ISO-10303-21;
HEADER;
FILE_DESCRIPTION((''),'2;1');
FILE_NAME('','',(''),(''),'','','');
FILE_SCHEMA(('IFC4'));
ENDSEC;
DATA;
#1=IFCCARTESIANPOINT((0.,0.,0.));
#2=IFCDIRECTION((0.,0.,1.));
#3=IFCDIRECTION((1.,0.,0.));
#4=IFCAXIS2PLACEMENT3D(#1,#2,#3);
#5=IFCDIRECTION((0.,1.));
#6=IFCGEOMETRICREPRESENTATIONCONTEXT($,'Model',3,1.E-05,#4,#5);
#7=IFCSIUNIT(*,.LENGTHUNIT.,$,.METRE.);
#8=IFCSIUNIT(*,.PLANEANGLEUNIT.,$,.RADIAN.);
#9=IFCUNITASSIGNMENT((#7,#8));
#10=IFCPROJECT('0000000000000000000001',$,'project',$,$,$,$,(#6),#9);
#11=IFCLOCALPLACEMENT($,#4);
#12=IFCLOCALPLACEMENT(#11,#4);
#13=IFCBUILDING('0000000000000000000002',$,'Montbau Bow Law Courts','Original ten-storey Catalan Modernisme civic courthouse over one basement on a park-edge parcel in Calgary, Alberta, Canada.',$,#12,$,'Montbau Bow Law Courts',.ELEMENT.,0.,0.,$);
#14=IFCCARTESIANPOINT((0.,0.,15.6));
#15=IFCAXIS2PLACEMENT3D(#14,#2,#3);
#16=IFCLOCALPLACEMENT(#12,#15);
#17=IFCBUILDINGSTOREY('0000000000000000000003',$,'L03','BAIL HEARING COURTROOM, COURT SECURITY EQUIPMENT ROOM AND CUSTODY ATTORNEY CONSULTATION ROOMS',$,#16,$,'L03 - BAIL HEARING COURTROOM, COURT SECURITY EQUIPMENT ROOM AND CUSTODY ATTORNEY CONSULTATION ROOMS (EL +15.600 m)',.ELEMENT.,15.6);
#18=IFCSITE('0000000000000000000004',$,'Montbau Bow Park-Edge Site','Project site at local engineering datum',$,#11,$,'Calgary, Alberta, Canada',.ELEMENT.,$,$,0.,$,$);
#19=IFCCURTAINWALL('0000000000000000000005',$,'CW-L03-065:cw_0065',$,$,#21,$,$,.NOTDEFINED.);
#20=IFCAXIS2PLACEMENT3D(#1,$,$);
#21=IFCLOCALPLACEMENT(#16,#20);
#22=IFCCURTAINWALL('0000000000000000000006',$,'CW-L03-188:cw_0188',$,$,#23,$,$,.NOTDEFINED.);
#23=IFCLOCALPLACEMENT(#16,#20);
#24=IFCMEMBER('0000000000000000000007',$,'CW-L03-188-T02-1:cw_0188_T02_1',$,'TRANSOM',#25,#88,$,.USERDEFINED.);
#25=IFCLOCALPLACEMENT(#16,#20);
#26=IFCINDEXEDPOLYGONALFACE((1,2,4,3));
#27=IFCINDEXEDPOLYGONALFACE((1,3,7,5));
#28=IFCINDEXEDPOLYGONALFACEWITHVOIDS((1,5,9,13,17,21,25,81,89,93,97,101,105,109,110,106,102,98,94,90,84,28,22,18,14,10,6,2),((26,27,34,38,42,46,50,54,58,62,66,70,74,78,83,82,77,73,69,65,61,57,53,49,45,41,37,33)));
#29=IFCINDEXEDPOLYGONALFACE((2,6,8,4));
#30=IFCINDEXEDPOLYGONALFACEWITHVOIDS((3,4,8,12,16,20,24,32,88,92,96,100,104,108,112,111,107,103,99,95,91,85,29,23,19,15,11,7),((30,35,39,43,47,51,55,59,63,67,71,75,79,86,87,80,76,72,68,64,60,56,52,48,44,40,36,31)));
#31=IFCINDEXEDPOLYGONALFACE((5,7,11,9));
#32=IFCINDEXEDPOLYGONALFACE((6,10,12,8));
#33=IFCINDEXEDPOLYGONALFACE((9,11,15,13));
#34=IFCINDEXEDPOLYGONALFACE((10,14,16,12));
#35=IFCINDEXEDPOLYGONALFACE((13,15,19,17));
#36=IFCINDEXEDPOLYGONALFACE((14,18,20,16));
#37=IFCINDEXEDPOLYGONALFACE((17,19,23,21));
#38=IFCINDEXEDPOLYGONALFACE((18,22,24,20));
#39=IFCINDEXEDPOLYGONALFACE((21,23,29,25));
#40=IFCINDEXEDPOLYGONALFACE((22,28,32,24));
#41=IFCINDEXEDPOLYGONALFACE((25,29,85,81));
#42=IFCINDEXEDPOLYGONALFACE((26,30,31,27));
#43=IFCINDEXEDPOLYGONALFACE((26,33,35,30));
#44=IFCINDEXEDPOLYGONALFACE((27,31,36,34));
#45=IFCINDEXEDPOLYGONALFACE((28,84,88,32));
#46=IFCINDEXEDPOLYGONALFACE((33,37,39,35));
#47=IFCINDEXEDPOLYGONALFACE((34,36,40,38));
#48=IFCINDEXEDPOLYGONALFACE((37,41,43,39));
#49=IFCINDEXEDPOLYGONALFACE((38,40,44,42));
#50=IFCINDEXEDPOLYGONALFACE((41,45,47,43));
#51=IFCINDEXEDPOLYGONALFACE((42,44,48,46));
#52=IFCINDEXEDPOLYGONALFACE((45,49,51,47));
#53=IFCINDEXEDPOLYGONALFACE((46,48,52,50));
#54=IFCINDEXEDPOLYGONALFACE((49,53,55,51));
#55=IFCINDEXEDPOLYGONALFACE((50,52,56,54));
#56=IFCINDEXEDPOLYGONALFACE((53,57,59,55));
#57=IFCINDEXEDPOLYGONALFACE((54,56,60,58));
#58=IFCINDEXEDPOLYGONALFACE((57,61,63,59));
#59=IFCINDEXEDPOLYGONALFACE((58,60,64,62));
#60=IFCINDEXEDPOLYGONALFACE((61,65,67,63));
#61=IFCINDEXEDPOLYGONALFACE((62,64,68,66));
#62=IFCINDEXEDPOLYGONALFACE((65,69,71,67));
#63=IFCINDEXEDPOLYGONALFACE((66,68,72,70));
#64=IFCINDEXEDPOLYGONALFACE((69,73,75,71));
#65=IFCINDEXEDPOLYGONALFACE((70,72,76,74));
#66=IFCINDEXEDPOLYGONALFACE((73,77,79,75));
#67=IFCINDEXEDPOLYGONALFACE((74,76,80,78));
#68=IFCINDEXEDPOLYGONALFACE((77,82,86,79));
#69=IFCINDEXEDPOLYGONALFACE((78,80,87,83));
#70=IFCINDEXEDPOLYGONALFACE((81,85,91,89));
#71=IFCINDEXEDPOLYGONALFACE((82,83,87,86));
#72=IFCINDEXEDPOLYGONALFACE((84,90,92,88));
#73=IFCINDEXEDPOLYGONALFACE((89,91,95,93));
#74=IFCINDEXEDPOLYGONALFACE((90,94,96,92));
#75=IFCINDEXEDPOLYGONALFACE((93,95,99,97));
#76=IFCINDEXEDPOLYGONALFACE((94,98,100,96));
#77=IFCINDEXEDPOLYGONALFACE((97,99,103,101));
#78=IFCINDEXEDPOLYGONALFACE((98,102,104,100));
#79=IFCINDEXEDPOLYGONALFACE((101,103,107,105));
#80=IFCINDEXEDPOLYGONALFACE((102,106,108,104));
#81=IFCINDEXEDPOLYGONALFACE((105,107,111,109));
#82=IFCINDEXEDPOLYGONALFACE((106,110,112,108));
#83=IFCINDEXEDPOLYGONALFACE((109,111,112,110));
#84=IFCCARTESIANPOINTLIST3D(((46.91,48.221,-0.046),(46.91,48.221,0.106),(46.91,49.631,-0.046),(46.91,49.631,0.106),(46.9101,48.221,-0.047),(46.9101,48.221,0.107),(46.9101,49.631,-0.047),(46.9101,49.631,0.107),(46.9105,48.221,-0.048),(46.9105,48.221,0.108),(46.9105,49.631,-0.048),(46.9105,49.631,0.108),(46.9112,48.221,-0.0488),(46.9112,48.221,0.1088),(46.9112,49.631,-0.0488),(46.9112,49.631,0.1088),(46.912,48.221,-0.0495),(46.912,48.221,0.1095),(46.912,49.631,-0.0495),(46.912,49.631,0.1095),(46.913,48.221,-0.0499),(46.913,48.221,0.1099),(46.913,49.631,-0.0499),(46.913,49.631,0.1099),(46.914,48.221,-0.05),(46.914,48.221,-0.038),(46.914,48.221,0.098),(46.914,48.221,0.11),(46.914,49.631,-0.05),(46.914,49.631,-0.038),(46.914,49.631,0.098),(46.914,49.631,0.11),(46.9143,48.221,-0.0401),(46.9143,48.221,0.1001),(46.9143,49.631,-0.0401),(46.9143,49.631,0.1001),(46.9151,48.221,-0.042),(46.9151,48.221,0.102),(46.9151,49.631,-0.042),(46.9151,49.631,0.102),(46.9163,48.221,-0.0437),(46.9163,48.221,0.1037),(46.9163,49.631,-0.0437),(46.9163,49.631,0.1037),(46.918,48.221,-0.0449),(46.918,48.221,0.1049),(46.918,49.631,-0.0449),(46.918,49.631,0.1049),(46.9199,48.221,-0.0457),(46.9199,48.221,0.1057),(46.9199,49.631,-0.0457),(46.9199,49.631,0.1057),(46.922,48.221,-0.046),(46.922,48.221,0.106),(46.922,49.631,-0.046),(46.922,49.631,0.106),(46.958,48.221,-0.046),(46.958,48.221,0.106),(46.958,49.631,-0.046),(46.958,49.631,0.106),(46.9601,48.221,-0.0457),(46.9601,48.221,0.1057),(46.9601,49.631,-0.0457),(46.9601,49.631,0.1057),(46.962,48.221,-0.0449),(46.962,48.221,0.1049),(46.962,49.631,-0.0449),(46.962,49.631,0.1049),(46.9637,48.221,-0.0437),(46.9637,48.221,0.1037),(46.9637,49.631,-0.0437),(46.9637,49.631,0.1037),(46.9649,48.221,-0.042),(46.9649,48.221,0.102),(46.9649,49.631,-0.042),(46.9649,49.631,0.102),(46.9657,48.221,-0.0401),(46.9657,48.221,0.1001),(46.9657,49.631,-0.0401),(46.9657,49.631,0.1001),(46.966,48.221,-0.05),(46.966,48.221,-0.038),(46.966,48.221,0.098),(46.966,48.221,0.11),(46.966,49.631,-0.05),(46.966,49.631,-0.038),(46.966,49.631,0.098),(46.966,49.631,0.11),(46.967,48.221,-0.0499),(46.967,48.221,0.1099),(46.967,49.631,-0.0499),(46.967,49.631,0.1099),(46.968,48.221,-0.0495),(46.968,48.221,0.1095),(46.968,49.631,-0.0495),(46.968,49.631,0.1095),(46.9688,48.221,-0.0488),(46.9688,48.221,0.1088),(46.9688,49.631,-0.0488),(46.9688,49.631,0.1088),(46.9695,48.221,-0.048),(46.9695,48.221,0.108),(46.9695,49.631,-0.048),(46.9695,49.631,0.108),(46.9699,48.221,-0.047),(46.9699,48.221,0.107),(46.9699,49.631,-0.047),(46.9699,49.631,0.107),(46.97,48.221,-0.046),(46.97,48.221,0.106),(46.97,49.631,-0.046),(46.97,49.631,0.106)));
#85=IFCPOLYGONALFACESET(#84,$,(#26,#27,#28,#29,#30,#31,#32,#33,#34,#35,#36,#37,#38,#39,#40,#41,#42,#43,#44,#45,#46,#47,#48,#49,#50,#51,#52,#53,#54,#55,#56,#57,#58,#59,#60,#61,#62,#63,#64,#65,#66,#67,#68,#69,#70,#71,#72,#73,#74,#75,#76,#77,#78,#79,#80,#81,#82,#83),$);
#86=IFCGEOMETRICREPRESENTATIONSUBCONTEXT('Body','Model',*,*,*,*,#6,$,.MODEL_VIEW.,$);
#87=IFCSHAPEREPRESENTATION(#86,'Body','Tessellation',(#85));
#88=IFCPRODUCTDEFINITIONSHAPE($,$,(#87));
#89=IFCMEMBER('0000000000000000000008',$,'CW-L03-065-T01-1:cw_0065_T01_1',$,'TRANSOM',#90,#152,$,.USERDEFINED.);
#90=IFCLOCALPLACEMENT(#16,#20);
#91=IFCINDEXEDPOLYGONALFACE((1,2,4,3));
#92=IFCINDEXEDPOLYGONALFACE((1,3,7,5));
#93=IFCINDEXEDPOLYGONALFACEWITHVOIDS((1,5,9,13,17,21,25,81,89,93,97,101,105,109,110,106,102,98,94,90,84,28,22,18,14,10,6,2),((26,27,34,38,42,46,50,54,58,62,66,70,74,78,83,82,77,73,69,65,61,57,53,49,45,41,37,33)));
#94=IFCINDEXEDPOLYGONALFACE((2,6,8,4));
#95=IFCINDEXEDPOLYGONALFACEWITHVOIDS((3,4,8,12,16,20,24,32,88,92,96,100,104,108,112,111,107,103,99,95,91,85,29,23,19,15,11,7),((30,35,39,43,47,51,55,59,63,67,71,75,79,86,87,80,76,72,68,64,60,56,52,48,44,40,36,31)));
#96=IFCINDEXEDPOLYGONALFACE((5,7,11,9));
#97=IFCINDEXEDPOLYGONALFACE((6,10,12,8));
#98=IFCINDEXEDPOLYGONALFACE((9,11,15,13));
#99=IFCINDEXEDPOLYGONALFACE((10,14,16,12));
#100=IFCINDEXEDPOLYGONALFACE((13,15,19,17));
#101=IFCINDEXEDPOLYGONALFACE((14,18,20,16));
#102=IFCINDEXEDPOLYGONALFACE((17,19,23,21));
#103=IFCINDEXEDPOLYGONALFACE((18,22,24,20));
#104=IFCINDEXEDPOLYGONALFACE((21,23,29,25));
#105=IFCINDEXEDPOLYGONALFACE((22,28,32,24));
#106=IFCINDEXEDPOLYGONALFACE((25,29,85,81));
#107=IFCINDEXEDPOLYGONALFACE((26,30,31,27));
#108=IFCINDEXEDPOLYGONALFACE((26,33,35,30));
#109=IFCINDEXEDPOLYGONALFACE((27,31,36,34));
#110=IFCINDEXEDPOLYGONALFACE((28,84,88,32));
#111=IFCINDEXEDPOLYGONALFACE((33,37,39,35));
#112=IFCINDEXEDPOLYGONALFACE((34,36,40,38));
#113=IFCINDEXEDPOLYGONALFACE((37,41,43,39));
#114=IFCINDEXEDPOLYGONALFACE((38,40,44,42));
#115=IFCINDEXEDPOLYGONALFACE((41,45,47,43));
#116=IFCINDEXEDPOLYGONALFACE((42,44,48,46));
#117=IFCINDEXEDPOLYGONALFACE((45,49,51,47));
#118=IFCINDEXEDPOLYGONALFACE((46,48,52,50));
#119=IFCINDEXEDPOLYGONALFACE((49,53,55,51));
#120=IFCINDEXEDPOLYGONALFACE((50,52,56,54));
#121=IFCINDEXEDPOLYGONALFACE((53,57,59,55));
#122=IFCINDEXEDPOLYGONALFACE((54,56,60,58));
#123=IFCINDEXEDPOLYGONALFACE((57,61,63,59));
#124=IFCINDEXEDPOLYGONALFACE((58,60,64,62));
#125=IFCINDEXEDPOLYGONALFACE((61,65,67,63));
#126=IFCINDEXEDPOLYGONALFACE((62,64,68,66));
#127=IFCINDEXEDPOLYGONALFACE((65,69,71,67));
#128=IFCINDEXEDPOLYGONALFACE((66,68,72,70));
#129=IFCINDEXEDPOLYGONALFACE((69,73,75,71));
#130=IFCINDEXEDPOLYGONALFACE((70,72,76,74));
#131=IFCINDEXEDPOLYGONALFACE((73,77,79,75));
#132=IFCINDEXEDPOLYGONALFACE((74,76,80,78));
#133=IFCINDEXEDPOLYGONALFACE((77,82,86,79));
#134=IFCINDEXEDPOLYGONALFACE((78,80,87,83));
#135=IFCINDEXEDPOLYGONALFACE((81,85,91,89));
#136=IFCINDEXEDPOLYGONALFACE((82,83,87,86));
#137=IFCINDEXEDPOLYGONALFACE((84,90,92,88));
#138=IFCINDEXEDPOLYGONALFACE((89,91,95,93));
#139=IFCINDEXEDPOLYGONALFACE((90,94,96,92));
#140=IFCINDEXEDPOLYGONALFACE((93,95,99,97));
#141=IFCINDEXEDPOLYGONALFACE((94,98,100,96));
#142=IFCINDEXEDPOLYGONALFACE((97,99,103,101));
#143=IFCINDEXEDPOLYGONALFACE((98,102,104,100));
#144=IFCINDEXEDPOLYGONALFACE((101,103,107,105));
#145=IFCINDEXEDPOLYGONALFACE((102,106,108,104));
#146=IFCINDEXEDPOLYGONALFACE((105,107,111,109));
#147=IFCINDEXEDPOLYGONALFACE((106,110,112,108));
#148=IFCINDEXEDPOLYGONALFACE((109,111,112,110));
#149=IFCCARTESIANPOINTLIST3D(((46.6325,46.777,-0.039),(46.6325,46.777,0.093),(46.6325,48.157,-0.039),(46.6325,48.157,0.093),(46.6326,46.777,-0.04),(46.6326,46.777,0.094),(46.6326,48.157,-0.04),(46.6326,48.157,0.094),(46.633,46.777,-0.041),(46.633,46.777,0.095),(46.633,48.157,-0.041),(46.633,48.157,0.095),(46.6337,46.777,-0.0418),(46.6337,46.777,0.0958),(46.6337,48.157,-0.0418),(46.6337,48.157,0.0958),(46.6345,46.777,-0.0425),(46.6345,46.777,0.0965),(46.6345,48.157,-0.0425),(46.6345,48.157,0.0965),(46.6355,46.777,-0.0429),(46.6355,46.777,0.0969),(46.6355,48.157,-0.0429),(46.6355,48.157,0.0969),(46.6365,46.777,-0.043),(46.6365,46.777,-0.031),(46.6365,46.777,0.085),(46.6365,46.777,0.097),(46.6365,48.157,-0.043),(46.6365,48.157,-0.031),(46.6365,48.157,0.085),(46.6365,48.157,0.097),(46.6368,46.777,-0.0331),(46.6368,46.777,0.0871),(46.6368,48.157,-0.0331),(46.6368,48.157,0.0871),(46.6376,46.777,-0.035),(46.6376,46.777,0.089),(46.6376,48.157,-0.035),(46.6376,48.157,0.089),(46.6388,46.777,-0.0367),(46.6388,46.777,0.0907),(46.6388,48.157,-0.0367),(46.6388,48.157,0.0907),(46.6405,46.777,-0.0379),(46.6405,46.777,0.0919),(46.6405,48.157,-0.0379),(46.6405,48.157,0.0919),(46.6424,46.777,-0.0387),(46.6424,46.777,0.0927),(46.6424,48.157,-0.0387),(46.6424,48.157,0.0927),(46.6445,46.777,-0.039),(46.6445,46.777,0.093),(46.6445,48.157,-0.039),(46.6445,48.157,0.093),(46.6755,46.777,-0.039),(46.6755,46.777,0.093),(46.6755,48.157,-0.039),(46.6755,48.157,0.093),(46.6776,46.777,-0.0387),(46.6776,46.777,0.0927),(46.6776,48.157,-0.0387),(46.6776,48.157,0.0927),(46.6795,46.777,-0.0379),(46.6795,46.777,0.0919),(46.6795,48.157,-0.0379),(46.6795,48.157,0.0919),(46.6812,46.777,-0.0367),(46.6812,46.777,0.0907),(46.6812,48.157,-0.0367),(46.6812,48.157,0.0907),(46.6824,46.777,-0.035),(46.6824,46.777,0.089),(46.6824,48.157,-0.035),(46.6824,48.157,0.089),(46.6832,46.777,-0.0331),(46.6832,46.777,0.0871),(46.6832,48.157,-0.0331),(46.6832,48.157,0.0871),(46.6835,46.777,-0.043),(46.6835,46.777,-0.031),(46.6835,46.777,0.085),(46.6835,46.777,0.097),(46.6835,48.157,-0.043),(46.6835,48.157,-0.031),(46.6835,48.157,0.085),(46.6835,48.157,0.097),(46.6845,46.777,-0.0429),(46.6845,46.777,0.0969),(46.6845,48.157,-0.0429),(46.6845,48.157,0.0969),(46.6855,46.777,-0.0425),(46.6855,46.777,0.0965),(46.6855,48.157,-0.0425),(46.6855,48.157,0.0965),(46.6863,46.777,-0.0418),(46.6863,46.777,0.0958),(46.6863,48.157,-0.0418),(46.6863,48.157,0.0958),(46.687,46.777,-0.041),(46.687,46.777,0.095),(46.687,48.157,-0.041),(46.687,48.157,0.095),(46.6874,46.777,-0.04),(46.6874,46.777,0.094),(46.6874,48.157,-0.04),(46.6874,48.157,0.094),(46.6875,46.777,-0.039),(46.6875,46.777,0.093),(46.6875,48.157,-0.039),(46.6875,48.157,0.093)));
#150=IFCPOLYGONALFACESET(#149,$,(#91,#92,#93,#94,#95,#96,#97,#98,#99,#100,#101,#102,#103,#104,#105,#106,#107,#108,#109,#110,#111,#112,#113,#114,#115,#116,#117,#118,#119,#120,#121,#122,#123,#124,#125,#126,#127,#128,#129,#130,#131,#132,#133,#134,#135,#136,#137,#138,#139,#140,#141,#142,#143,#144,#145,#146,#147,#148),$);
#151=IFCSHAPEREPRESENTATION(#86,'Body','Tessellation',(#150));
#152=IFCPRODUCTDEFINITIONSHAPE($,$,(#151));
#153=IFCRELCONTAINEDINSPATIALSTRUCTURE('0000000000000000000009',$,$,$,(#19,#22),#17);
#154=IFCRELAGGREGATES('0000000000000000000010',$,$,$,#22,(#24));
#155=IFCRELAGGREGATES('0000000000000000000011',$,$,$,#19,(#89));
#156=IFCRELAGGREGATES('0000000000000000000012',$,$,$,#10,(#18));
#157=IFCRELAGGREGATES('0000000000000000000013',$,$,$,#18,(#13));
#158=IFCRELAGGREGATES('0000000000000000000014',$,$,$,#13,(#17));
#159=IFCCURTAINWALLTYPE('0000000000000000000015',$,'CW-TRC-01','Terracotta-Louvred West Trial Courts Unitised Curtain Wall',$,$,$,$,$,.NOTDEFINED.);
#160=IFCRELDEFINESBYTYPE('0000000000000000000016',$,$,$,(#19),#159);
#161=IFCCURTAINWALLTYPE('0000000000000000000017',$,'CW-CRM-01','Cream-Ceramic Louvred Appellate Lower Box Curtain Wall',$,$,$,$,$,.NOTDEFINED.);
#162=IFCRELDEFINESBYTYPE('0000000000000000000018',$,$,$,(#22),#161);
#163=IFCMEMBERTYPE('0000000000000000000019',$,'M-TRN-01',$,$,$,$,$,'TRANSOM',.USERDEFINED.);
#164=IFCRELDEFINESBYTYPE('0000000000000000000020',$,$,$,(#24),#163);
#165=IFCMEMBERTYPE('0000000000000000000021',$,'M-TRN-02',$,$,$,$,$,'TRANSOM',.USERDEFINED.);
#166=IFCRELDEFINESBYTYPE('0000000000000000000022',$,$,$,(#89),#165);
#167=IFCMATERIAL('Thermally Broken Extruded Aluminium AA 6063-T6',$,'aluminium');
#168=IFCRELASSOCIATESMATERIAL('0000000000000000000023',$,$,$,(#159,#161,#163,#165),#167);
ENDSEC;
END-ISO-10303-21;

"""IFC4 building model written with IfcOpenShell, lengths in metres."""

from ifc_helpers import new_model, si_unit, direction, frame, origin_with_axes, origin_2d_with_axis, place, context, subcontext, project, spatial, hollow_rectangle, extrude, material, material_profile, profile_set, type_object, element, aggregate, save


model = new_model("IFC4")

# Units and contexts
model_context = context("Model", 3, precision=1e-05, world=origin_with_axes(), true_north=direction((0.0, 1.0)))
body_context = subcontext(model_context, "Body", "Model", "MODEL_VIEW")
ifc_project = project(units=[si_unit("LENGTHUNIT", "METRE"), si_unit("PLANEANGLEUNIT", "RADIAN")], contexts=[model_context])

# Site, building, storey
site_placement = place(None, origin_with_axes())
site = spatial("IfcSite", under=ifc_project, at=site_placement, Name="Montbau Bow Park-Edge Site", Description="Project site at local engineering datum", LongName="Calgary, Alberta, Canada", CompositionType="ELEMENT", RefElevation=0.0)
building_placement = place(site_placement, origin_with_axes())
building = spatial("IfcBuilding", under=site, at=building_placement, Name="Montbau Bow Law Courts", Description="Original ten-storey Catalan Modernisme civic courthouse over one basement on a park-edge parcel in Calgary, Alberta, Canada.", LongName="Montbau Bow Law Courts", CompositionType="ELEMENT", ElevationOfRefHeight=0.0, ElevationOfTerrain=0.0)
storey_placement = place(building_placement, frame((0.0, 0.0, 15.6), z_axis=(0.0, 0.0, 1.0), x_axis=(1.0, 0.0, 0.0)))
storey = spatial("IfcBuildingStorey", under=building, at=storey_placement, Name="L03", Description="BAIL HEARING COURTROOM, COURT SECURITY EQUIPMENT ROOM AND CUSTODY ATTORNEY CONSULTATION ROOMS", LongName="L03 - BAIL HEARING COURTROOM, COURT SECURITY EQUIPMENT ROOM AND CUSTODY ATTORNEY CONSULTATION ROOMS (EL +15.600 m)", CompositionType="ELEMENT", Elevation=15.6)

# Curtain walls, member
ifc_material_1 = material(Name="Thermally Broken Extruded Aluminium AA 6063-T6", Category="aluminium")
curtain_wall_type_1 = type_object("IfcCurtainWallType", Name="CW-TRC-01", Description="Terracotta-Louvred West Trial Courts Unitised Curtain Wall", PredefinedType="NOTDEFINED", material=ifc_material_1)
curtain_wall_1_placement = place(None, frame((46.66, 46.715, 15.6), z_axis=(0.0, 0.0, 1.0), x_axis=(1.0, 0.0, 0.0)))
curtain_wall_1 = element("IfcCurtainWall", 1, at=curtain_wall_1_placement, inside=storey, type_object=curtain_wall_type_1, Name="CW-L03-065:cw_0065", PredefinedType="NOTDEFINED")
curtain_wall_type_2 = type_object("IfcCurtainWallType", Name="CW-CRM-01", Description="Cream-Ceramic Louvred Appellate Lower Box Curtain Wall", PredefinedType="NOTDEFINED", material=ifc_material_1)
curtain_wall_2_placement = place(None, frame((46.94, 46.715, 15.6), z_axis=(0.0, 0.0, 1.0), x_axis=(1.0, 0.0, 0.0)))
curtain_wall_2 = element("IfcCurtainWall", 2, at=curtain_wall_2_placement, inside=storey, type_object=curtain_wall_type_2, Name="CW-L03-188:cw_0188", PredefinedType="NOTDEFINED")
ifc_material_profile_1 = material_profile(ifc_material_1, hollow_rectangle(XDim=0.06, YDim=0.16, WallThickness=0.004, InnerFilletRadius=0.008, OuterFilletRadius=0.004, at=origin_2d_with_axis()), Name="CWT-160X60", Category="Main", Priority=0)
ifc_profile_set_1 = profile_set([ifc_material_profile_1], Name="Thermally Broken Extruded Aluminium AA 6063-T6")
member_type_1 = type_object("IfcMemberType", Name="M-TRN-01", ElementType="TRANSOM", PredefinedType="USERDEFINED", material=ifc_profile_set_1)
member_1_placement = place(None, frame((46.94, 48.221, 15.63), z_axis=(0.0, 1.0, 0.0), x_axis=(-1.0, 0.0, 0.0)))
member_1 = element("IfcMember", 3, at=member_1_placement, type_object=member_type_1, Name="CW-L03-188-T02-1:cw_0188_T02_1", ObjectType="TRANSOM", PredefinedType="USERDEFINED", context=body_context, shape_type="SweptSolid", body=[
    extrude(hollow_rectangle(XDim=0.06, YDim=0.16, WallThickness=0.004, InnerFilletRadius=0.008, OuterFilletRadius=0.004, at=origin_2d_with_axis()), origin_with_axes(), (0.0, 0.0, 1.0), 1.41),
])
aggregate(curtain_wall_2, [member_1])

# Member
ifc_material_profile_2 = material_profile(ifc_material_1, hollow_rectangle(XDim=0.055, YDim=0.14, WallThickness=0.004, InnerFilletRadius=0.008, OuterFilletRadius=0.004, at=origin_2d_with_axis()), Name="CWT-140X55", Category="Main", Priority=0)
ifc_profile_set_2 = profile_set([ifc_material_profile_2], Name="Thermally Broken Extruded Aluminium AA 6063-T6")
member_type_2 = type_object("IfcMemberType", Name="M-TRN-02", ElementType="TRANSOM", PredefinedType="USERDEFINED", material=ifc_profile_set_2)
member_2_placement = place(None, frame((46.66, 46.777, 15.627), z_axis=(0.0, 1.0, 0.0), x_axis=(-1.0, 0.0, 0.0)))
member_2 = element("IfcMember", 4, at=member_2_placement, type_object=member_type_2, Name="CW-L03-065-T01-1:cw_0065_T01_1", ObjectType="TRANSOM", PredefinedType="USERDEFINED", context=body_context, shape_type="SweptSolid", body=[
    extrude(hollow_rectangle(XDim=0.055, YDim=0.14, WallThickness=0.004, InnerFilletRadius=0.008, OuterFilletRadius=0.004, at=origin_2d_with_axis()), origin_with_axes(), (0.0, 0.0, 1.0), 1.38),
])

aggregate(curtain_wall_1, [member_2])

save(model, "model.ifc")
